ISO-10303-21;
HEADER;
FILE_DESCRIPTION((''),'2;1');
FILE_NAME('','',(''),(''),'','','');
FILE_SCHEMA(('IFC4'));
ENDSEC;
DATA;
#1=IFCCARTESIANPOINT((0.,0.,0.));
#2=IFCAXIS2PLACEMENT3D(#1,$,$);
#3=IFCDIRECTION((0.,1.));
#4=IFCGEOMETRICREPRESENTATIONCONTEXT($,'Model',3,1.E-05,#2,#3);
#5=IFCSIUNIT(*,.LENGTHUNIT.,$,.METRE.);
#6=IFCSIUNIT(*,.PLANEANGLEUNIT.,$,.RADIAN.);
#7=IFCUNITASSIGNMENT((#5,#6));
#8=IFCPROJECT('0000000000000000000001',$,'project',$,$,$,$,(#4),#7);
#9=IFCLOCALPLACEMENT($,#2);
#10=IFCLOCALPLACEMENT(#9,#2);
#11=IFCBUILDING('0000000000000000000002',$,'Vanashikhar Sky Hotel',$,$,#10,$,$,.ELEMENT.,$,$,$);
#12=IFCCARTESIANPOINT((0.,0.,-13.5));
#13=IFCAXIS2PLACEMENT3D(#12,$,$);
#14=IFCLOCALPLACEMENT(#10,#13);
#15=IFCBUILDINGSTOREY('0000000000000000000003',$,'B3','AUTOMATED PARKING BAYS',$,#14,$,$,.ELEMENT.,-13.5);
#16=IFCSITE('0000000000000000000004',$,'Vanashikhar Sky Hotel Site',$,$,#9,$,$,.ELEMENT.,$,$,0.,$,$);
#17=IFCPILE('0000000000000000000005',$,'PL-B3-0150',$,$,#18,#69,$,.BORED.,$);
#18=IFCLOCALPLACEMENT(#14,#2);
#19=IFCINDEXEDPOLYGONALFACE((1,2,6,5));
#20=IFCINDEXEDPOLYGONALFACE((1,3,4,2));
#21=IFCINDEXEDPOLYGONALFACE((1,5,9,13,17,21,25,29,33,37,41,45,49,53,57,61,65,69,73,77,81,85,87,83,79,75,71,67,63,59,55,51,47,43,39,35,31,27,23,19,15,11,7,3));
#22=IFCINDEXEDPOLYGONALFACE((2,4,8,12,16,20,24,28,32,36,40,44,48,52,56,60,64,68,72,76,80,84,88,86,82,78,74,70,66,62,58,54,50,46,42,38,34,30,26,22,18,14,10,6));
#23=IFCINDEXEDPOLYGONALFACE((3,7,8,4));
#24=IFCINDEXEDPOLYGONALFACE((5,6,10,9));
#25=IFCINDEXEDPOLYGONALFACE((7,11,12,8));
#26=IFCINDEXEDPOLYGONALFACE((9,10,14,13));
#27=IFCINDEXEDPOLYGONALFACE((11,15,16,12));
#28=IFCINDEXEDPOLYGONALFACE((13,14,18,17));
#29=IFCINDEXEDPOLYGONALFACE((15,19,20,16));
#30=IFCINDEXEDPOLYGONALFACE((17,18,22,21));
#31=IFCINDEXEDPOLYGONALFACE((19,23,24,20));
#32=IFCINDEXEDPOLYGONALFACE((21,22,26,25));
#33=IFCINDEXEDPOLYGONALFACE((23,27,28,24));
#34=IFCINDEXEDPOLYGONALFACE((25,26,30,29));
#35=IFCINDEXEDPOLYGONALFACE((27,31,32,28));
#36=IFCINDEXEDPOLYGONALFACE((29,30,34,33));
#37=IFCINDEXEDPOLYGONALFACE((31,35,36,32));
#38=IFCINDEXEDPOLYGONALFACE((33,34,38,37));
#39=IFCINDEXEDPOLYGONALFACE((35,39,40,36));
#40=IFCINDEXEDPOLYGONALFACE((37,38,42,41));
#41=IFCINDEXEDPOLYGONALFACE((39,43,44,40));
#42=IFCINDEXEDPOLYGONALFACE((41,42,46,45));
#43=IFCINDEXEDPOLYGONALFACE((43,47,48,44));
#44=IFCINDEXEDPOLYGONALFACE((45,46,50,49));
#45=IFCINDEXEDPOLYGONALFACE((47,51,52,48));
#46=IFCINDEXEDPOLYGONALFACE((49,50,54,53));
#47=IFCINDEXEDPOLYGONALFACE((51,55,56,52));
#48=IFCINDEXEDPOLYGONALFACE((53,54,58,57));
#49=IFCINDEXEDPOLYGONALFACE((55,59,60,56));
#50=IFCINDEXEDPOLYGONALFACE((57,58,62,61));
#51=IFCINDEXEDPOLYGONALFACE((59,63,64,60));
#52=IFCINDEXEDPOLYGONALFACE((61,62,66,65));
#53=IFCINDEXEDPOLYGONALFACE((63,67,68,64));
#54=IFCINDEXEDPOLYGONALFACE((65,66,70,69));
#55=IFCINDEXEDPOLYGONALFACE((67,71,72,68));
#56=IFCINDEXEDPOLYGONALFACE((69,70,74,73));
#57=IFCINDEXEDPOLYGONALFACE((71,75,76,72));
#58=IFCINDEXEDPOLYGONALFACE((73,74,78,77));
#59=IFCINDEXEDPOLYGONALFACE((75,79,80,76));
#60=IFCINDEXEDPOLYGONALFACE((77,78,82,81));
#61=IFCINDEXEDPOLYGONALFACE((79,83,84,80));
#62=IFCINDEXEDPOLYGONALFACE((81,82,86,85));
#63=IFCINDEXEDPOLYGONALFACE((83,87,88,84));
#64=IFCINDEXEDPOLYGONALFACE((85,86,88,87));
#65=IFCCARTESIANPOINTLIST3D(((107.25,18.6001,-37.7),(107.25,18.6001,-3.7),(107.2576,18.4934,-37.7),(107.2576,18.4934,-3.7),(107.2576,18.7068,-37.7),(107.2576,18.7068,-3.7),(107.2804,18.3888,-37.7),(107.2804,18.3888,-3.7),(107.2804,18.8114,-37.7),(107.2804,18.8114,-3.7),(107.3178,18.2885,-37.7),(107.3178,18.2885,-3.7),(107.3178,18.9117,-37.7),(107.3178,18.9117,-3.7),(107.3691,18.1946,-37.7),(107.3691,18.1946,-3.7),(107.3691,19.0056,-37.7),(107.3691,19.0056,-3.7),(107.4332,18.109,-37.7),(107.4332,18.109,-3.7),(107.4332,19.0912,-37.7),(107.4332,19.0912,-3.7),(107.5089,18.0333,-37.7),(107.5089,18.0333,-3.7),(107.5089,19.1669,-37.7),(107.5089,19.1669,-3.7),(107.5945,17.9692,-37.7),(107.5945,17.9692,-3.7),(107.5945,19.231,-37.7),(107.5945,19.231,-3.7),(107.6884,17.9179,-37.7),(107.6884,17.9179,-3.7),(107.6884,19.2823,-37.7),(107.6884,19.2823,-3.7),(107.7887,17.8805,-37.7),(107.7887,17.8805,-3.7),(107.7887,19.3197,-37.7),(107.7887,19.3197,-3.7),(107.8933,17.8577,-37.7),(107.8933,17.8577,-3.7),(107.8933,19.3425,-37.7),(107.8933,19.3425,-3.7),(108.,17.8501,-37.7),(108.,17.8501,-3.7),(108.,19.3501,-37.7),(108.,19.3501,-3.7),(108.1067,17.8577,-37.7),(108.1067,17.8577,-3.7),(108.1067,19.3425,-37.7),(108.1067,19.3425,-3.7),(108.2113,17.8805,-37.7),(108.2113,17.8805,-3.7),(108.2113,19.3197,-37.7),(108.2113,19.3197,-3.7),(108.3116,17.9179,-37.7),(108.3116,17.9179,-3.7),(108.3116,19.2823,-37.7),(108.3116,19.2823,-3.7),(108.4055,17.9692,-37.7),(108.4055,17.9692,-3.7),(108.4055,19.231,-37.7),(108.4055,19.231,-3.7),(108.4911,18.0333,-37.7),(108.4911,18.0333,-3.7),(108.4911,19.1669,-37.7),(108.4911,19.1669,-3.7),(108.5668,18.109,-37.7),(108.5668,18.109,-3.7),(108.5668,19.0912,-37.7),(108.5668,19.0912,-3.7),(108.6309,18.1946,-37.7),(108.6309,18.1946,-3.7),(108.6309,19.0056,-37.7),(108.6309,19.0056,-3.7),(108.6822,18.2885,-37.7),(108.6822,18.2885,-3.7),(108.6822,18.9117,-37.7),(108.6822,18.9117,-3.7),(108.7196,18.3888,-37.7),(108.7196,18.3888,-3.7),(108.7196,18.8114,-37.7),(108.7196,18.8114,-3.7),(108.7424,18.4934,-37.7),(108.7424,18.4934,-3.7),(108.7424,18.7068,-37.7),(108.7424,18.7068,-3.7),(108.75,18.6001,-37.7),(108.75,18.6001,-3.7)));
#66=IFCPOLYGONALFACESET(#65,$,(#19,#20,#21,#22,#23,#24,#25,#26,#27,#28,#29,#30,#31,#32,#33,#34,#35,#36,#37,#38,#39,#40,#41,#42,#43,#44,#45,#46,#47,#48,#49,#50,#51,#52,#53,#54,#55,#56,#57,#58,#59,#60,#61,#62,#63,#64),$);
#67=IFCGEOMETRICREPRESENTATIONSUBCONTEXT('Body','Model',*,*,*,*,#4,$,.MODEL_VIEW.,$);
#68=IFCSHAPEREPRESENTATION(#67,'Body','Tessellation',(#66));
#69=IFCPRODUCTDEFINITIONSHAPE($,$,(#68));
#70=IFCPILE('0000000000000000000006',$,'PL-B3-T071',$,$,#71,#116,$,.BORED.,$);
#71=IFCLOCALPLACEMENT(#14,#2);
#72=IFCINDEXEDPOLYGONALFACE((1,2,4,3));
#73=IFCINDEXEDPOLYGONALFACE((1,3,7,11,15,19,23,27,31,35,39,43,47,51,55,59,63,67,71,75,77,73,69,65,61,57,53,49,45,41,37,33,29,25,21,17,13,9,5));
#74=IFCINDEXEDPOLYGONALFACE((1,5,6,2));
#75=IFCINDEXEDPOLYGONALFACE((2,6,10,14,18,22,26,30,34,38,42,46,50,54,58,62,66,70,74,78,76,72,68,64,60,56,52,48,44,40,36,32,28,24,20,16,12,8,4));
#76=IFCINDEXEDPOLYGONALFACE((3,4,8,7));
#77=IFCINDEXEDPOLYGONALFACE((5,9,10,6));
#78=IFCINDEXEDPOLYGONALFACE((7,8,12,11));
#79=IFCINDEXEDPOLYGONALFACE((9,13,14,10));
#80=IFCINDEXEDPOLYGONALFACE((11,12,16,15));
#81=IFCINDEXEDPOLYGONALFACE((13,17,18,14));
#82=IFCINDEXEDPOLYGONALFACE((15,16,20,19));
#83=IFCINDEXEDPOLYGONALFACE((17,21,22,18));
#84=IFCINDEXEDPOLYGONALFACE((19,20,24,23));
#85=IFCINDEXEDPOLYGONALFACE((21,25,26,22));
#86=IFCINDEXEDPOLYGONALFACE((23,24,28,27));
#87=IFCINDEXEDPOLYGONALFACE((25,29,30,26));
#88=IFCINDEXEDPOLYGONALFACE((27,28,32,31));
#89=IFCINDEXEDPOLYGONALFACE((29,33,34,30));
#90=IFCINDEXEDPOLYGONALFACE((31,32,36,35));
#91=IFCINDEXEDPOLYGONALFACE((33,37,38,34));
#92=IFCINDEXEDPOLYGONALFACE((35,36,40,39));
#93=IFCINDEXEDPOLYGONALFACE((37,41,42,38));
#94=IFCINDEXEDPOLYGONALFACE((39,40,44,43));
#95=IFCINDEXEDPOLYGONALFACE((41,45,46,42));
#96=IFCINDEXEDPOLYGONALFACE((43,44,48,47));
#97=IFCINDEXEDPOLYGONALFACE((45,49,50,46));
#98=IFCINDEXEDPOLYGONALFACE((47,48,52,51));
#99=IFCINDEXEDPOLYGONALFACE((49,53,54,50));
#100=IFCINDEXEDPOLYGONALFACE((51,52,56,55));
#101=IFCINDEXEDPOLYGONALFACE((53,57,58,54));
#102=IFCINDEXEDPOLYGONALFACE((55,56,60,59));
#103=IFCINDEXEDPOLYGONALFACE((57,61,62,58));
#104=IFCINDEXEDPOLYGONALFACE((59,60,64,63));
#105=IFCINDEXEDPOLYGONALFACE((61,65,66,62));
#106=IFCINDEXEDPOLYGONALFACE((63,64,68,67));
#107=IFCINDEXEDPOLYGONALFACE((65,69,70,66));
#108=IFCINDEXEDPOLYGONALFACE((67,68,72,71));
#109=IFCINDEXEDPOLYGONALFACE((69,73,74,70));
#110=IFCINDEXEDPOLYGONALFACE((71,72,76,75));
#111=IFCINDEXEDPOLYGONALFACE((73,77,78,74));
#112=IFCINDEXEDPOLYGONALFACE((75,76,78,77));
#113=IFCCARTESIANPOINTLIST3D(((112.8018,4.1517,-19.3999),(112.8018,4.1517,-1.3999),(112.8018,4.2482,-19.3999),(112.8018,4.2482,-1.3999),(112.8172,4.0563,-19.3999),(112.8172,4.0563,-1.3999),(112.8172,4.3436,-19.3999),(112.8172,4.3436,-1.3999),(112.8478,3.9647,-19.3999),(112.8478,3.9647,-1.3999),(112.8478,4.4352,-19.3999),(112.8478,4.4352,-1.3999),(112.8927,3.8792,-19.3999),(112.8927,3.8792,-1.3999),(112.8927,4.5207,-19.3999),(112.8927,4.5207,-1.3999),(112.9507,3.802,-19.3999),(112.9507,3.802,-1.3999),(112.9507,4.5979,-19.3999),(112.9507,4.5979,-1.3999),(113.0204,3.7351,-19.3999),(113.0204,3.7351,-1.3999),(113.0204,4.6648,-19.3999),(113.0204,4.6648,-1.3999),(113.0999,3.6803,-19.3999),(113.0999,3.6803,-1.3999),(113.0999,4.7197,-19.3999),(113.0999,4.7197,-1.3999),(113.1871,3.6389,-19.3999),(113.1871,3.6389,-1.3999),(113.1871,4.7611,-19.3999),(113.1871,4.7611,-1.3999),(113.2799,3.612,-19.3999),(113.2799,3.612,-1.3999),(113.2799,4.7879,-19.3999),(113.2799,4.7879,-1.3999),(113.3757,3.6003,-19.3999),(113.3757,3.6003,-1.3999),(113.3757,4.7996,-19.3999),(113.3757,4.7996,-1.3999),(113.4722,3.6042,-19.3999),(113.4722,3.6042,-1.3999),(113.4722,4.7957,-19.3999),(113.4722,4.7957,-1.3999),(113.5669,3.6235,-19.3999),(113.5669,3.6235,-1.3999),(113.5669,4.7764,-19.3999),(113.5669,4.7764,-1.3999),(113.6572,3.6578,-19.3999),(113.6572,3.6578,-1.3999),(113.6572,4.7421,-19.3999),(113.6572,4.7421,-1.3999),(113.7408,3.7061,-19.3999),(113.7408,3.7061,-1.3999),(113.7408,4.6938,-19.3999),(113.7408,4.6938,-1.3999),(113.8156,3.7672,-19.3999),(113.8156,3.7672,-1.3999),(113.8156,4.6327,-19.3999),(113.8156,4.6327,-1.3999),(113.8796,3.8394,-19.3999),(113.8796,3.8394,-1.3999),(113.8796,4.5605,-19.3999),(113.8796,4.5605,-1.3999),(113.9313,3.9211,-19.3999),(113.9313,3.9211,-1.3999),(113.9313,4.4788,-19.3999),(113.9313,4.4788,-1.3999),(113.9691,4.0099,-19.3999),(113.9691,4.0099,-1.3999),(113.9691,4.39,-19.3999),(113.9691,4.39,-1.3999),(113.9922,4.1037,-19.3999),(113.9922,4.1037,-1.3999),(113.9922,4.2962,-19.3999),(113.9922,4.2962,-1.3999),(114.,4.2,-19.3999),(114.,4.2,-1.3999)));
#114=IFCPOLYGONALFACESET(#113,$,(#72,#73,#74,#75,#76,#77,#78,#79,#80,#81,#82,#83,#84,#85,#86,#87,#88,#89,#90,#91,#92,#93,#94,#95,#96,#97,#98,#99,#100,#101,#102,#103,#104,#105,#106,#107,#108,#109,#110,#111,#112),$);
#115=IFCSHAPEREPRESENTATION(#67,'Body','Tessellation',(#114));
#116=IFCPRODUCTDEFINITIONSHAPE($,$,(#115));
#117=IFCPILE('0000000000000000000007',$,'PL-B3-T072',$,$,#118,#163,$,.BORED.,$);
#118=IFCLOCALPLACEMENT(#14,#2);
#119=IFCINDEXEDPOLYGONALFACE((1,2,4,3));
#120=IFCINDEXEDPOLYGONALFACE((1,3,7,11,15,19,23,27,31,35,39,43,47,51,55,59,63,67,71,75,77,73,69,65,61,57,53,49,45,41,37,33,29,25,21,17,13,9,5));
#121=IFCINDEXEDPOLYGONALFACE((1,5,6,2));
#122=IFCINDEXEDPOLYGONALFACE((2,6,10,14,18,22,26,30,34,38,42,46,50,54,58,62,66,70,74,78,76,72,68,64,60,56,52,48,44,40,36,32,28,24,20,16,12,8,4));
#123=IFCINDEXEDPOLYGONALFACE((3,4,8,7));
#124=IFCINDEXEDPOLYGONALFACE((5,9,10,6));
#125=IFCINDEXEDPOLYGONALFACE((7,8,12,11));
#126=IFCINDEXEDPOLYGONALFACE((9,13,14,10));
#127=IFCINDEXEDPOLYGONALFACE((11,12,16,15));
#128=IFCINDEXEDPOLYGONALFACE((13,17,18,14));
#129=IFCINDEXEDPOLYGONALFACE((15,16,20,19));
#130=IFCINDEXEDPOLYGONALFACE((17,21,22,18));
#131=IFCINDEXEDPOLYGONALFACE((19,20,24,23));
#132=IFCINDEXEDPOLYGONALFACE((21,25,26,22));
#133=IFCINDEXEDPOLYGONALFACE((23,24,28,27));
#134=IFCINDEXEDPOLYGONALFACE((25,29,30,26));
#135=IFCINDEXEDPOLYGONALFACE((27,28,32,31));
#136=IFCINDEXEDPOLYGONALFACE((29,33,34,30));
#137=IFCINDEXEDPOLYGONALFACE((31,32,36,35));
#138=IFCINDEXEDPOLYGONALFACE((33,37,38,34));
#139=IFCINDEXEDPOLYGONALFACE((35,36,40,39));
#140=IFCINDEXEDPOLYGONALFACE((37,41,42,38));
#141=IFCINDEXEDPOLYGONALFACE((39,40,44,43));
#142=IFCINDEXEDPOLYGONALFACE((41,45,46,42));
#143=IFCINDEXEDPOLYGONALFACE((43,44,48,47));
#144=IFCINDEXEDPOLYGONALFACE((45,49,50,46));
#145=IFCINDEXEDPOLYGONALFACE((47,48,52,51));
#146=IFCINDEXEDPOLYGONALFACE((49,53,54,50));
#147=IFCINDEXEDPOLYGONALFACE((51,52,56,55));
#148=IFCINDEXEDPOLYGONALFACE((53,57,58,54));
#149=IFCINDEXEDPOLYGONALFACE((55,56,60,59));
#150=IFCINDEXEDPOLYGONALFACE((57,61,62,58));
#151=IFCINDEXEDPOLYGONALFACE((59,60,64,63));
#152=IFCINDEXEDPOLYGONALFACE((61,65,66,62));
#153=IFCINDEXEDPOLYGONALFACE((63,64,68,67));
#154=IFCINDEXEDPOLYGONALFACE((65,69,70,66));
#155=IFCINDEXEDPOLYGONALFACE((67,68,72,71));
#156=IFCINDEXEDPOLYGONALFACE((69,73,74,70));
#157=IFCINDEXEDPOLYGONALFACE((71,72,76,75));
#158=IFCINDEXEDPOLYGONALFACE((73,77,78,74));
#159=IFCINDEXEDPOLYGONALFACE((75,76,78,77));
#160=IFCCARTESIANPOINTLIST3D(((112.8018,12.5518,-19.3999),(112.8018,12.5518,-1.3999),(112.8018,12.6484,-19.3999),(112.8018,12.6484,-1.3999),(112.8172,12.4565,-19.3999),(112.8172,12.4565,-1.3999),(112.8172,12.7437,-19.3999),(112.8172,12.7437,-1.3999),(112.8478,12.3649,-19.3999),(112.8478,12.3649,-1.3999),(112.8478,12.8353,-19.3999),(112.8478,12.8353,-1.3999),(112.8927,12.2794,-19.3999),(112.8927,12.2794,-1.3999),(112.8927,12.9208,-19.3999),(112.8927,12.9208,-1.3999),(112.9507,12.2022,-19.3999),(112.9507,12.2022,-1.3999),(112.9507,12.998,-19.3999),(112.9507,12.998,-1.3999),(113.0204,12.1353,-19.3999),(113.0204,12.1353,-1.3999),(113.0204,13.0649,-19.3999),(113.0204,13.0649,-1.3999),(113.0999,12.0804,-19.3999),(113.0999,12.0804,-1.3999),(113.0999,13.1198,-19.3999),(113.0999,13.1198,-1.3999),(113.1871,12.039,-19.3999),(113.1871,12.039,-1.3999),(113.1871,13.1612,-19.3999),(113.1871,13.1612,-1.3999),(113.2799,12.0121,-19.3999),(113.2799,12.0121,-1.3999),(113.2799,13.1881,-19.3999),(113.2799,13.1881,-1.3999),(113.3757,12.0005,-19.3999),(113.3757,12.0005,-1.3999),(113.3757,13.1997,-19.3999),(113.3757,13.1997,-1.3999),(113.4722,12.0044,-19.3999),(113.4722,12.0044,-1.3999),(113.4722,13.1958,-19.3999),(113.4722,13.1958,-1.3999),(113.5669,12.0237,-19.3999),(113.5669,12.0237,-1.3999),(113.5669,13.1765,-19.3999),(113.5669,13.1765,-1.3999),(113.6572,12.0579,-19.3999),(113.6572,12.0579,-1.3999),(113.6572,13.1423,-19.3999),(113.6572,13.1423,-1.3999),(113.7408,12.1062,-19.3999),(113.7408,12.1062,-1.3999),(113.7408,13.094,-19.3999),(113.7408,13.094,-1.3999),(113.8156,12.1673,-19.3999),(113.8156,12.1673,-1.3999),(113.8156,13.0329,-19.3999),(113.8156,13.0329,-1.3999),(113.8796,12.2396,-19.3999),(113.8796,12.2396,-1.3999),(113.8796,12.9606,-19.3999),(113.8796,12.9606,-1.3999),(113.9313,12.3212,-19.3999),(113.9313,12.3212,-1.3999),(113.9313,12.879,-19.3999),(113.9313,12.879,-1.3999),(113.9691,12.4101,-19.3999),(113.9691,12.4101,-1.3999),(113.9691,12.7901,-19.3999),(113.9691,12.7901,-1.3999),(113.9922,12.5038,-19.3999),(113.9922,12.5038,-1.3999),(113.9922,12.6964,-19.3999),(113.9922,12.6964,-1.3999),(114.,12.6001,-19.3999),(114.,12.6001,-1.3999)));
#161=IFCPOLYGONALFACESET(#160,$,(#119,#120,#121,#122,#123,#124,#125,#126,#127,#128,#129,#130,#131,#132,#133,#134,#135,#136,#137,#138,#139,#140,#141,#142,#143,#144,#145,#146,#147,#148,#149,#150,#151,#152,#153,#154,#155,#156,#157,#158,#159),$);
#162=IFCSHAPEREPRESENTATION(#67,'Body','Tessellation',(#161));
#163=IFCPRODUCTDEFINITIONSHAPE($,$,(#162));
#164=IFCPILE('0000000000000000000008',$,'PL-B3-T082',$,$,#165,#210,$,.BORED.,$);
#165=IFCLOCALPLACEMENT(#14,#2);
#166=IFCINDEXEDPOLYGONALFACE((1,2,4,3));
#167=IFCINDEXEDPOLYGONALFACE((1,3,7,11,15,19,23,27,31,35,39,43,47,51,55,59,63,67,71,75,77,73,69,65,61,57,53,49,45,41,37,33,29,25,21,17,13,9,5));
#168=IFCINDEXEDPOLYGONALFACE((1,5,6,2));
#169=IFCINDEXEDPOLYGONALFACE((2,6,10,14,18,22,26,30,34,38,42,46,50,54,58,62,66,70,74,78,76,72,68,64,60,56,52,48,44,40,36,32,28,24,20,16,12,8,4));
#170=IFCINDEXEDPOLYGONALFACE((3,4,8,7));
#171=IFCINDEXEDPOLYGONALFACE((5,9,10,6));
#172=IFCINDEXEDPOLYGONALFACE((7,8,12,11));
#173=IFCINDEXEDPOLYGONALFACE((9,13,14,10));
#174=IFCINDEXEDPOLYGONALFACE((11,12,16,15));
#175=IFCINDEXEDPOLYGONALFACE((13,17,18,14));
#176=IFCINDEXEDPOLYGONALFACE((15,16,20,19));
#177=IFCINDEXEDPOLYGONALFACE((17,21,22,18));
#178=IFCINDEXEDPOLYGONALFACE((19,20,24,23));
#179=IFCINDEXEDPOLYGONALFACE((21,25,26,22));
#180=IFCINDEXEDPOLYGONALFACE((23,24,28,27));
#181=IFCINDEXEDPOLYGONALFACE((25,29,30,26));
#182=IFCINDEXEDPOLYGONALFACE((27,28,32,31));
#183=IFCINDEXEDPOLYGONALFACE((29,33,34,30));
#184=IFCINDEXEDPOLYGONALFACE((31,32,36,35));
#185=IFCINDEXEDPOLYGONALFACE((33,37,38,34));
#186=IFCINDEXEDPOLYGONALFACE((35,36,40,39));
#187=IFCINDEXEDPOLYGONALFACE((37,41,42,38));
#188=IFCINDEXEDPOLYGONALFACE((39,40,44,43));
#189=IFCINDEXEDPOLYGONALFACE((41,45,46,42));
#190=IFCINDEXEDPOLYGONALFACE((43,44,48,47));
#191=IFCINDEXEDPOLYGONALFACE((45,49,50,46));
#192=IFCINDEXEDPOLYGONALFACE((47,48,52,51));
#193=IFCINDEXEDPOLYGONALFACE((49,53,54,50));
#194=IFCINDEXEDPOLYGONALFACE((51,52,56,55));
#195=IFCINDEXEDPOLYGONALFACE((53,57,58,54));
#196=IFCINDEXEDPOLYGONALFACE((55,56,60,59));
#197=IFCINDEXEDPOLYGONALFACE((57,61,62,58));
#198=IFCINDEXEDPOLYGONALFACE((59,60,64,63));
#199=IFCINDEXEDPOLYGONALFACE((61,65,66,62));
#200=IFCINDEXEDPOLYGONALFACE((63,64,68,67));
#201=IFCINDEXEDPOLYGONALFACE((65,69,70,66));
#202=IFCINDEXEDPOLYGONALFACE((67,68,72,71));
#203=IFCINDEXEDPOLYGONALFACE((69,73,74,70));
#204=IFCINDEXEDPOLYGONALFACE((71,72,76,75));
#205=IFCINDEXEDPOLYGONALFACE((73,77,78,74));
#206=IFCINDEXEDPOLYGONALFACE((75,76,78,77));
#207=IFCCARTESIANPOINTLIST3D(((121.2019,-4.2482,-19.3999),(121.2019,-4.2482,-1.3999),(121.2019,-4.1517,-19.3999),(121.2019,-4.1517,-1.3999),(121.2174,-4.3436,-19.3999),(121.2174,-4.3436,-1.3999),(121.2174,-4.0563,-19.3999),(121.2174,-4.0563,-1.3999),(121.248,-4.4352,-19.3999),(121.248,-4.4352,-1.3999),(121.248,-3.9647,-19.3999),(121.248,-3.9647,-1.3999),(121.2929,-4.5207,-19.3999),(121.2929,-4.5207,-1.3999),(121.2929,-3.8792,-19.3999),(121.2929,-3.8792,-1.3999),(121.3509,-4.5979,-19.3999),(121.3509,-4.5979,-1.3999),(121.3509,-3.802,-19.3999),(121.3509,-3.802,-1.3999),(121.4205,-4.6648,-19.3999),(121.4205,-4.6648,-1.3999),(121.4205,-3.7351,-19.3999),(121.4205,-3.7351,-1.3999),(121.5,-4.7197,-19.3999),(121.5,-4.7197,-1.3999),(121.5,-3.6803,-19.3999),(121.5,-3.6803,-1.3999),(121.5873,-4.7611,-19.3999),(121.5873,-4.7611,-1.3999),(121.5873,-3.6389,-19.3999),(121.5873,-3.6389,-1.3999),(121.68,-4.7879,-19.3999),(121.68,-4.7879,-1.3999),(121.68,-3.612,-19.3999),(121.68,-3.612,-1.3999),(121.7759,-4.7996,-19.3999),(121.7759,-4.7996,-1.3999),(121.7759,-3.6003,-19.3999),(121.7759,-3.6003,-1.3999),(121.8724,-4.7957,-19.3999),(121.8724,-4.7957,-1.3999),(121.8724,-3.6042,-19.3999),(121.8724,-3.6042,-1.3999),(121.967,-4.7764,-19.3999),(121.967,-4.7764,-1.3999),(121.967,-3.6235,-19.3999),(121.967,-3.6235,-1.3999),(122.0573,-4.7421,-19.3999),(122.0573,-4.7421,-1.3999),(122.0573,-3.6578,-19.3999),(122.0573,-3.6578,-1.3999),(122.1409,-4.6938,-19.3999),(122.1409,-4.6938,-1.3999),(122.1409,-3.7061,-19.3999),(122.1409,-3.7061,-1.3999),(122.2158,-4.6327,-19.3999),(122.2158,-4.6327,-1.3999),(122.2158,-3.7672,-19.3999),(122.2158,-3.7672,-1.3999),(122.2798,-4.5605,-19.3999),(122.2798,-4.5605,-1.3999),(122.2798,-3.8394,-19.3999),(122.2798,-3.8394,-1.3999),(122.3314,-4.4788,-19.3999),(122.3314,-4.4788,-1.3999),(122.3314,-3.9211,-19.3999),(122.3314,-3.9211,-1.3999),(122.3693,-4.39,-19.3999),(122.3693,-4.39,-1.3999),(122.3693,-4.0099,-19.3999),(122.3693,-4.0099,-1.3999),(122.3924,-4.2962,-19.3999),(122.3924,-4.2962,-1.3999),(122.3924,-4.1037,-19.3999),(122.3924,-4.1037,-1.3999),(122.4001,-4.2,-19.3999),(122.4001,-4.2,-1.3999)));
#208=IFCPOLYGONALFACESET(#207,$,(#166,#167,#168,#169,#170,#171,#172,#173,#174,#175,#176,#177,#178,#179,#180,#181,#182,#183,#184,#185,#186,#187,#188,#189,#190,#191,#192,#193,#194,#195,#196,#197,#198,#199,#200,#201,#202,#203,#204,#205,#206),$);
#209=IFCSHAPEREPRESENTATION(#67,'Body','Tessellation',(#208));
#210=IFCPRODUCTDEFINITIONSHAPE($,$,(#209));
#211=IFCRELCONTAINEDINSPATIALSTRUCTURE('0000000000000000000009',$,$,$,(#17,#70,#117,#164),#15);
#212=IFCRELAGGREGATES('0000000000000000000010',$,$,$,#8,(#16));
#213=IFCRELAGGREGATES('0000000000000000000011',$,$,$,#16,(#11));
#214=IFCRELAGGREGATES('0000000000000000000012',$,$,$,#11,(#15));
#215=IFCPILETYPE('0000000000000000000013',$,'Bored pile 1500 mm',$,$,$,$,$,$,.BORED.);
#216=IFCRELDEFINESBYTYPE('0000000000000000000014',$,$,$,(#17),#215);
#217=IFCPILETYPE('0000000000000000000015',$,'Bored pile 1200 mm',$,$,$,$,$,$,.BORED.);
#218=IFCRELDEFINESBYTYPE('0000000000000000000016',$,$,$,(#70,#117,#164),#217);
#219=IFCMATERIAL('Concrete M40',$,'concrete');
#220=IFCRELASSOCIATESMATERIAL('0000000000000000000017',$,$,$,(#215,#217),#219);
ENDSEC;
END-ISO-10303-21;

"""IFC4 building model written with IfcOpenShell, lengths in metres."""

from ifc_helpers import new_model, si_unit, direction, frame, origin, origin_2d, place, context, subcontext, project, spatial, circle, extrude, source, transform, mapped, material, type_object, element, save


model = new_model("IFC4")

# Units and contexts
model_context = context("Model", 3, precision=1e-05, world=origin(), true_north=direction((0.0, 1.0)))
body_context = subcontext(model_context, "Body", "Model", "MODEL_VIEW")
ifc_project = project(units=[si_unit("LENGTHUNIT", "METRE"), si_unit("PLANEANGLEUNIT", "RADIAN")], contexts=[model_context])

# Site, building, storey
site_placement = place(None, origin())
site = spatial("IfcSite", under=ifc_project, at=site_placement, Name="Vanashikhar Sky Hotel Site", CompositionType="ELEMENT", RefElevation=0.0)
building_placement = place(site_placement, origin())
building = spatial("IfcBuilding", under=site, at=building_placement, Name="Vanashikhar Sky Hotel", CompositionType="ELEMENT")
storey_placement = place(building_placement, frame((0.0, 0.0, -13.5)))
storey = spatial("IfcBuildingStorey", under=building, at=storey_placement, Name="B3", Description="AUTOMATED PARKING BAYS", CompositionType="ELEMENT", Elevation=-13.5)

# Piles
ifc_material_1 = material(Name="Concrete M40", Category="concrete")
pile_type_1 = type_object("IfcPileType", Name="Bored pile 1500 mm", PredefinedType="BORED", material=ifc_material_1)
shared_shape_1 = source(origin(), body_context, "Body", "SweptSolid", [
    extrude(circle(Radius=0.75, at=origin_2d()), origin(), (0.0, 0.0, 1.0), 34.0),
])
for number, where, z_axis, x_axis, name in (
    (1, (108.0, 18.6001, -3.7), (0.0, 0.0, -1.0), (1.0, 0.0, 0.0), "PL-B3-0150"),
):
    element("IfcPile", number, at=place(storey_placement, frame(where, z_axis=z_axis, x_axis=x_axis)), inside=storey, type_object=pile_type_1, Name=name, PredefinedType="BORED", context=body_context, shape_type="MappedRepresentation", body=[
        mapped(shared_shape_1, transform((0.0, 0.0, 0.0), scale=1.0)),
    ])
pile_type_2 = type_object("IfcPileType", Name="Bored pile 1200 mm", PredefinedType="BORED", material=ifc_material_1)
shared_shape_2 = source(origin(), body_context, "Body", "SweptSolid", [
    extrude(circle(Radius=0.6001, at=origin_2d()), origin(), (0.0, 0.0, 1.0), 18.0),
])
for number, where, z_axis, x_axis, name in (
    (2, (113.3999, 4.2, -1.3999), (0.0, 0.0, -1.0), (1.0, 0.0, 0.0), "PL-B3-T071"),
    (3, (113.3999, 12.6001, -1.3999), (0.0, 0.0, -1.0), (1.0, 0.0, 0.0), "PL-B3-T072"),
    (4, (121.8, -4.2, -1.3999), (0.0, 0.0, -1.0), (1.0, 0.0, 0.0), "PL-B3-T082"),
):
    element("IfcPile", number, at=place(storey_placement, frame(where, z_axis=z_axis, x_axis=x_axis)), inside=storey, type_object=pile_type_2, Name=name, PredefinedType="BORED", context=body_context, shape_type="MappedRepresentation", body=[
        mapped(shared_shape_2, transform((0.0, 0.0, 0.0), scale=1.0)),
    ])

save(model, "model.ifc")
